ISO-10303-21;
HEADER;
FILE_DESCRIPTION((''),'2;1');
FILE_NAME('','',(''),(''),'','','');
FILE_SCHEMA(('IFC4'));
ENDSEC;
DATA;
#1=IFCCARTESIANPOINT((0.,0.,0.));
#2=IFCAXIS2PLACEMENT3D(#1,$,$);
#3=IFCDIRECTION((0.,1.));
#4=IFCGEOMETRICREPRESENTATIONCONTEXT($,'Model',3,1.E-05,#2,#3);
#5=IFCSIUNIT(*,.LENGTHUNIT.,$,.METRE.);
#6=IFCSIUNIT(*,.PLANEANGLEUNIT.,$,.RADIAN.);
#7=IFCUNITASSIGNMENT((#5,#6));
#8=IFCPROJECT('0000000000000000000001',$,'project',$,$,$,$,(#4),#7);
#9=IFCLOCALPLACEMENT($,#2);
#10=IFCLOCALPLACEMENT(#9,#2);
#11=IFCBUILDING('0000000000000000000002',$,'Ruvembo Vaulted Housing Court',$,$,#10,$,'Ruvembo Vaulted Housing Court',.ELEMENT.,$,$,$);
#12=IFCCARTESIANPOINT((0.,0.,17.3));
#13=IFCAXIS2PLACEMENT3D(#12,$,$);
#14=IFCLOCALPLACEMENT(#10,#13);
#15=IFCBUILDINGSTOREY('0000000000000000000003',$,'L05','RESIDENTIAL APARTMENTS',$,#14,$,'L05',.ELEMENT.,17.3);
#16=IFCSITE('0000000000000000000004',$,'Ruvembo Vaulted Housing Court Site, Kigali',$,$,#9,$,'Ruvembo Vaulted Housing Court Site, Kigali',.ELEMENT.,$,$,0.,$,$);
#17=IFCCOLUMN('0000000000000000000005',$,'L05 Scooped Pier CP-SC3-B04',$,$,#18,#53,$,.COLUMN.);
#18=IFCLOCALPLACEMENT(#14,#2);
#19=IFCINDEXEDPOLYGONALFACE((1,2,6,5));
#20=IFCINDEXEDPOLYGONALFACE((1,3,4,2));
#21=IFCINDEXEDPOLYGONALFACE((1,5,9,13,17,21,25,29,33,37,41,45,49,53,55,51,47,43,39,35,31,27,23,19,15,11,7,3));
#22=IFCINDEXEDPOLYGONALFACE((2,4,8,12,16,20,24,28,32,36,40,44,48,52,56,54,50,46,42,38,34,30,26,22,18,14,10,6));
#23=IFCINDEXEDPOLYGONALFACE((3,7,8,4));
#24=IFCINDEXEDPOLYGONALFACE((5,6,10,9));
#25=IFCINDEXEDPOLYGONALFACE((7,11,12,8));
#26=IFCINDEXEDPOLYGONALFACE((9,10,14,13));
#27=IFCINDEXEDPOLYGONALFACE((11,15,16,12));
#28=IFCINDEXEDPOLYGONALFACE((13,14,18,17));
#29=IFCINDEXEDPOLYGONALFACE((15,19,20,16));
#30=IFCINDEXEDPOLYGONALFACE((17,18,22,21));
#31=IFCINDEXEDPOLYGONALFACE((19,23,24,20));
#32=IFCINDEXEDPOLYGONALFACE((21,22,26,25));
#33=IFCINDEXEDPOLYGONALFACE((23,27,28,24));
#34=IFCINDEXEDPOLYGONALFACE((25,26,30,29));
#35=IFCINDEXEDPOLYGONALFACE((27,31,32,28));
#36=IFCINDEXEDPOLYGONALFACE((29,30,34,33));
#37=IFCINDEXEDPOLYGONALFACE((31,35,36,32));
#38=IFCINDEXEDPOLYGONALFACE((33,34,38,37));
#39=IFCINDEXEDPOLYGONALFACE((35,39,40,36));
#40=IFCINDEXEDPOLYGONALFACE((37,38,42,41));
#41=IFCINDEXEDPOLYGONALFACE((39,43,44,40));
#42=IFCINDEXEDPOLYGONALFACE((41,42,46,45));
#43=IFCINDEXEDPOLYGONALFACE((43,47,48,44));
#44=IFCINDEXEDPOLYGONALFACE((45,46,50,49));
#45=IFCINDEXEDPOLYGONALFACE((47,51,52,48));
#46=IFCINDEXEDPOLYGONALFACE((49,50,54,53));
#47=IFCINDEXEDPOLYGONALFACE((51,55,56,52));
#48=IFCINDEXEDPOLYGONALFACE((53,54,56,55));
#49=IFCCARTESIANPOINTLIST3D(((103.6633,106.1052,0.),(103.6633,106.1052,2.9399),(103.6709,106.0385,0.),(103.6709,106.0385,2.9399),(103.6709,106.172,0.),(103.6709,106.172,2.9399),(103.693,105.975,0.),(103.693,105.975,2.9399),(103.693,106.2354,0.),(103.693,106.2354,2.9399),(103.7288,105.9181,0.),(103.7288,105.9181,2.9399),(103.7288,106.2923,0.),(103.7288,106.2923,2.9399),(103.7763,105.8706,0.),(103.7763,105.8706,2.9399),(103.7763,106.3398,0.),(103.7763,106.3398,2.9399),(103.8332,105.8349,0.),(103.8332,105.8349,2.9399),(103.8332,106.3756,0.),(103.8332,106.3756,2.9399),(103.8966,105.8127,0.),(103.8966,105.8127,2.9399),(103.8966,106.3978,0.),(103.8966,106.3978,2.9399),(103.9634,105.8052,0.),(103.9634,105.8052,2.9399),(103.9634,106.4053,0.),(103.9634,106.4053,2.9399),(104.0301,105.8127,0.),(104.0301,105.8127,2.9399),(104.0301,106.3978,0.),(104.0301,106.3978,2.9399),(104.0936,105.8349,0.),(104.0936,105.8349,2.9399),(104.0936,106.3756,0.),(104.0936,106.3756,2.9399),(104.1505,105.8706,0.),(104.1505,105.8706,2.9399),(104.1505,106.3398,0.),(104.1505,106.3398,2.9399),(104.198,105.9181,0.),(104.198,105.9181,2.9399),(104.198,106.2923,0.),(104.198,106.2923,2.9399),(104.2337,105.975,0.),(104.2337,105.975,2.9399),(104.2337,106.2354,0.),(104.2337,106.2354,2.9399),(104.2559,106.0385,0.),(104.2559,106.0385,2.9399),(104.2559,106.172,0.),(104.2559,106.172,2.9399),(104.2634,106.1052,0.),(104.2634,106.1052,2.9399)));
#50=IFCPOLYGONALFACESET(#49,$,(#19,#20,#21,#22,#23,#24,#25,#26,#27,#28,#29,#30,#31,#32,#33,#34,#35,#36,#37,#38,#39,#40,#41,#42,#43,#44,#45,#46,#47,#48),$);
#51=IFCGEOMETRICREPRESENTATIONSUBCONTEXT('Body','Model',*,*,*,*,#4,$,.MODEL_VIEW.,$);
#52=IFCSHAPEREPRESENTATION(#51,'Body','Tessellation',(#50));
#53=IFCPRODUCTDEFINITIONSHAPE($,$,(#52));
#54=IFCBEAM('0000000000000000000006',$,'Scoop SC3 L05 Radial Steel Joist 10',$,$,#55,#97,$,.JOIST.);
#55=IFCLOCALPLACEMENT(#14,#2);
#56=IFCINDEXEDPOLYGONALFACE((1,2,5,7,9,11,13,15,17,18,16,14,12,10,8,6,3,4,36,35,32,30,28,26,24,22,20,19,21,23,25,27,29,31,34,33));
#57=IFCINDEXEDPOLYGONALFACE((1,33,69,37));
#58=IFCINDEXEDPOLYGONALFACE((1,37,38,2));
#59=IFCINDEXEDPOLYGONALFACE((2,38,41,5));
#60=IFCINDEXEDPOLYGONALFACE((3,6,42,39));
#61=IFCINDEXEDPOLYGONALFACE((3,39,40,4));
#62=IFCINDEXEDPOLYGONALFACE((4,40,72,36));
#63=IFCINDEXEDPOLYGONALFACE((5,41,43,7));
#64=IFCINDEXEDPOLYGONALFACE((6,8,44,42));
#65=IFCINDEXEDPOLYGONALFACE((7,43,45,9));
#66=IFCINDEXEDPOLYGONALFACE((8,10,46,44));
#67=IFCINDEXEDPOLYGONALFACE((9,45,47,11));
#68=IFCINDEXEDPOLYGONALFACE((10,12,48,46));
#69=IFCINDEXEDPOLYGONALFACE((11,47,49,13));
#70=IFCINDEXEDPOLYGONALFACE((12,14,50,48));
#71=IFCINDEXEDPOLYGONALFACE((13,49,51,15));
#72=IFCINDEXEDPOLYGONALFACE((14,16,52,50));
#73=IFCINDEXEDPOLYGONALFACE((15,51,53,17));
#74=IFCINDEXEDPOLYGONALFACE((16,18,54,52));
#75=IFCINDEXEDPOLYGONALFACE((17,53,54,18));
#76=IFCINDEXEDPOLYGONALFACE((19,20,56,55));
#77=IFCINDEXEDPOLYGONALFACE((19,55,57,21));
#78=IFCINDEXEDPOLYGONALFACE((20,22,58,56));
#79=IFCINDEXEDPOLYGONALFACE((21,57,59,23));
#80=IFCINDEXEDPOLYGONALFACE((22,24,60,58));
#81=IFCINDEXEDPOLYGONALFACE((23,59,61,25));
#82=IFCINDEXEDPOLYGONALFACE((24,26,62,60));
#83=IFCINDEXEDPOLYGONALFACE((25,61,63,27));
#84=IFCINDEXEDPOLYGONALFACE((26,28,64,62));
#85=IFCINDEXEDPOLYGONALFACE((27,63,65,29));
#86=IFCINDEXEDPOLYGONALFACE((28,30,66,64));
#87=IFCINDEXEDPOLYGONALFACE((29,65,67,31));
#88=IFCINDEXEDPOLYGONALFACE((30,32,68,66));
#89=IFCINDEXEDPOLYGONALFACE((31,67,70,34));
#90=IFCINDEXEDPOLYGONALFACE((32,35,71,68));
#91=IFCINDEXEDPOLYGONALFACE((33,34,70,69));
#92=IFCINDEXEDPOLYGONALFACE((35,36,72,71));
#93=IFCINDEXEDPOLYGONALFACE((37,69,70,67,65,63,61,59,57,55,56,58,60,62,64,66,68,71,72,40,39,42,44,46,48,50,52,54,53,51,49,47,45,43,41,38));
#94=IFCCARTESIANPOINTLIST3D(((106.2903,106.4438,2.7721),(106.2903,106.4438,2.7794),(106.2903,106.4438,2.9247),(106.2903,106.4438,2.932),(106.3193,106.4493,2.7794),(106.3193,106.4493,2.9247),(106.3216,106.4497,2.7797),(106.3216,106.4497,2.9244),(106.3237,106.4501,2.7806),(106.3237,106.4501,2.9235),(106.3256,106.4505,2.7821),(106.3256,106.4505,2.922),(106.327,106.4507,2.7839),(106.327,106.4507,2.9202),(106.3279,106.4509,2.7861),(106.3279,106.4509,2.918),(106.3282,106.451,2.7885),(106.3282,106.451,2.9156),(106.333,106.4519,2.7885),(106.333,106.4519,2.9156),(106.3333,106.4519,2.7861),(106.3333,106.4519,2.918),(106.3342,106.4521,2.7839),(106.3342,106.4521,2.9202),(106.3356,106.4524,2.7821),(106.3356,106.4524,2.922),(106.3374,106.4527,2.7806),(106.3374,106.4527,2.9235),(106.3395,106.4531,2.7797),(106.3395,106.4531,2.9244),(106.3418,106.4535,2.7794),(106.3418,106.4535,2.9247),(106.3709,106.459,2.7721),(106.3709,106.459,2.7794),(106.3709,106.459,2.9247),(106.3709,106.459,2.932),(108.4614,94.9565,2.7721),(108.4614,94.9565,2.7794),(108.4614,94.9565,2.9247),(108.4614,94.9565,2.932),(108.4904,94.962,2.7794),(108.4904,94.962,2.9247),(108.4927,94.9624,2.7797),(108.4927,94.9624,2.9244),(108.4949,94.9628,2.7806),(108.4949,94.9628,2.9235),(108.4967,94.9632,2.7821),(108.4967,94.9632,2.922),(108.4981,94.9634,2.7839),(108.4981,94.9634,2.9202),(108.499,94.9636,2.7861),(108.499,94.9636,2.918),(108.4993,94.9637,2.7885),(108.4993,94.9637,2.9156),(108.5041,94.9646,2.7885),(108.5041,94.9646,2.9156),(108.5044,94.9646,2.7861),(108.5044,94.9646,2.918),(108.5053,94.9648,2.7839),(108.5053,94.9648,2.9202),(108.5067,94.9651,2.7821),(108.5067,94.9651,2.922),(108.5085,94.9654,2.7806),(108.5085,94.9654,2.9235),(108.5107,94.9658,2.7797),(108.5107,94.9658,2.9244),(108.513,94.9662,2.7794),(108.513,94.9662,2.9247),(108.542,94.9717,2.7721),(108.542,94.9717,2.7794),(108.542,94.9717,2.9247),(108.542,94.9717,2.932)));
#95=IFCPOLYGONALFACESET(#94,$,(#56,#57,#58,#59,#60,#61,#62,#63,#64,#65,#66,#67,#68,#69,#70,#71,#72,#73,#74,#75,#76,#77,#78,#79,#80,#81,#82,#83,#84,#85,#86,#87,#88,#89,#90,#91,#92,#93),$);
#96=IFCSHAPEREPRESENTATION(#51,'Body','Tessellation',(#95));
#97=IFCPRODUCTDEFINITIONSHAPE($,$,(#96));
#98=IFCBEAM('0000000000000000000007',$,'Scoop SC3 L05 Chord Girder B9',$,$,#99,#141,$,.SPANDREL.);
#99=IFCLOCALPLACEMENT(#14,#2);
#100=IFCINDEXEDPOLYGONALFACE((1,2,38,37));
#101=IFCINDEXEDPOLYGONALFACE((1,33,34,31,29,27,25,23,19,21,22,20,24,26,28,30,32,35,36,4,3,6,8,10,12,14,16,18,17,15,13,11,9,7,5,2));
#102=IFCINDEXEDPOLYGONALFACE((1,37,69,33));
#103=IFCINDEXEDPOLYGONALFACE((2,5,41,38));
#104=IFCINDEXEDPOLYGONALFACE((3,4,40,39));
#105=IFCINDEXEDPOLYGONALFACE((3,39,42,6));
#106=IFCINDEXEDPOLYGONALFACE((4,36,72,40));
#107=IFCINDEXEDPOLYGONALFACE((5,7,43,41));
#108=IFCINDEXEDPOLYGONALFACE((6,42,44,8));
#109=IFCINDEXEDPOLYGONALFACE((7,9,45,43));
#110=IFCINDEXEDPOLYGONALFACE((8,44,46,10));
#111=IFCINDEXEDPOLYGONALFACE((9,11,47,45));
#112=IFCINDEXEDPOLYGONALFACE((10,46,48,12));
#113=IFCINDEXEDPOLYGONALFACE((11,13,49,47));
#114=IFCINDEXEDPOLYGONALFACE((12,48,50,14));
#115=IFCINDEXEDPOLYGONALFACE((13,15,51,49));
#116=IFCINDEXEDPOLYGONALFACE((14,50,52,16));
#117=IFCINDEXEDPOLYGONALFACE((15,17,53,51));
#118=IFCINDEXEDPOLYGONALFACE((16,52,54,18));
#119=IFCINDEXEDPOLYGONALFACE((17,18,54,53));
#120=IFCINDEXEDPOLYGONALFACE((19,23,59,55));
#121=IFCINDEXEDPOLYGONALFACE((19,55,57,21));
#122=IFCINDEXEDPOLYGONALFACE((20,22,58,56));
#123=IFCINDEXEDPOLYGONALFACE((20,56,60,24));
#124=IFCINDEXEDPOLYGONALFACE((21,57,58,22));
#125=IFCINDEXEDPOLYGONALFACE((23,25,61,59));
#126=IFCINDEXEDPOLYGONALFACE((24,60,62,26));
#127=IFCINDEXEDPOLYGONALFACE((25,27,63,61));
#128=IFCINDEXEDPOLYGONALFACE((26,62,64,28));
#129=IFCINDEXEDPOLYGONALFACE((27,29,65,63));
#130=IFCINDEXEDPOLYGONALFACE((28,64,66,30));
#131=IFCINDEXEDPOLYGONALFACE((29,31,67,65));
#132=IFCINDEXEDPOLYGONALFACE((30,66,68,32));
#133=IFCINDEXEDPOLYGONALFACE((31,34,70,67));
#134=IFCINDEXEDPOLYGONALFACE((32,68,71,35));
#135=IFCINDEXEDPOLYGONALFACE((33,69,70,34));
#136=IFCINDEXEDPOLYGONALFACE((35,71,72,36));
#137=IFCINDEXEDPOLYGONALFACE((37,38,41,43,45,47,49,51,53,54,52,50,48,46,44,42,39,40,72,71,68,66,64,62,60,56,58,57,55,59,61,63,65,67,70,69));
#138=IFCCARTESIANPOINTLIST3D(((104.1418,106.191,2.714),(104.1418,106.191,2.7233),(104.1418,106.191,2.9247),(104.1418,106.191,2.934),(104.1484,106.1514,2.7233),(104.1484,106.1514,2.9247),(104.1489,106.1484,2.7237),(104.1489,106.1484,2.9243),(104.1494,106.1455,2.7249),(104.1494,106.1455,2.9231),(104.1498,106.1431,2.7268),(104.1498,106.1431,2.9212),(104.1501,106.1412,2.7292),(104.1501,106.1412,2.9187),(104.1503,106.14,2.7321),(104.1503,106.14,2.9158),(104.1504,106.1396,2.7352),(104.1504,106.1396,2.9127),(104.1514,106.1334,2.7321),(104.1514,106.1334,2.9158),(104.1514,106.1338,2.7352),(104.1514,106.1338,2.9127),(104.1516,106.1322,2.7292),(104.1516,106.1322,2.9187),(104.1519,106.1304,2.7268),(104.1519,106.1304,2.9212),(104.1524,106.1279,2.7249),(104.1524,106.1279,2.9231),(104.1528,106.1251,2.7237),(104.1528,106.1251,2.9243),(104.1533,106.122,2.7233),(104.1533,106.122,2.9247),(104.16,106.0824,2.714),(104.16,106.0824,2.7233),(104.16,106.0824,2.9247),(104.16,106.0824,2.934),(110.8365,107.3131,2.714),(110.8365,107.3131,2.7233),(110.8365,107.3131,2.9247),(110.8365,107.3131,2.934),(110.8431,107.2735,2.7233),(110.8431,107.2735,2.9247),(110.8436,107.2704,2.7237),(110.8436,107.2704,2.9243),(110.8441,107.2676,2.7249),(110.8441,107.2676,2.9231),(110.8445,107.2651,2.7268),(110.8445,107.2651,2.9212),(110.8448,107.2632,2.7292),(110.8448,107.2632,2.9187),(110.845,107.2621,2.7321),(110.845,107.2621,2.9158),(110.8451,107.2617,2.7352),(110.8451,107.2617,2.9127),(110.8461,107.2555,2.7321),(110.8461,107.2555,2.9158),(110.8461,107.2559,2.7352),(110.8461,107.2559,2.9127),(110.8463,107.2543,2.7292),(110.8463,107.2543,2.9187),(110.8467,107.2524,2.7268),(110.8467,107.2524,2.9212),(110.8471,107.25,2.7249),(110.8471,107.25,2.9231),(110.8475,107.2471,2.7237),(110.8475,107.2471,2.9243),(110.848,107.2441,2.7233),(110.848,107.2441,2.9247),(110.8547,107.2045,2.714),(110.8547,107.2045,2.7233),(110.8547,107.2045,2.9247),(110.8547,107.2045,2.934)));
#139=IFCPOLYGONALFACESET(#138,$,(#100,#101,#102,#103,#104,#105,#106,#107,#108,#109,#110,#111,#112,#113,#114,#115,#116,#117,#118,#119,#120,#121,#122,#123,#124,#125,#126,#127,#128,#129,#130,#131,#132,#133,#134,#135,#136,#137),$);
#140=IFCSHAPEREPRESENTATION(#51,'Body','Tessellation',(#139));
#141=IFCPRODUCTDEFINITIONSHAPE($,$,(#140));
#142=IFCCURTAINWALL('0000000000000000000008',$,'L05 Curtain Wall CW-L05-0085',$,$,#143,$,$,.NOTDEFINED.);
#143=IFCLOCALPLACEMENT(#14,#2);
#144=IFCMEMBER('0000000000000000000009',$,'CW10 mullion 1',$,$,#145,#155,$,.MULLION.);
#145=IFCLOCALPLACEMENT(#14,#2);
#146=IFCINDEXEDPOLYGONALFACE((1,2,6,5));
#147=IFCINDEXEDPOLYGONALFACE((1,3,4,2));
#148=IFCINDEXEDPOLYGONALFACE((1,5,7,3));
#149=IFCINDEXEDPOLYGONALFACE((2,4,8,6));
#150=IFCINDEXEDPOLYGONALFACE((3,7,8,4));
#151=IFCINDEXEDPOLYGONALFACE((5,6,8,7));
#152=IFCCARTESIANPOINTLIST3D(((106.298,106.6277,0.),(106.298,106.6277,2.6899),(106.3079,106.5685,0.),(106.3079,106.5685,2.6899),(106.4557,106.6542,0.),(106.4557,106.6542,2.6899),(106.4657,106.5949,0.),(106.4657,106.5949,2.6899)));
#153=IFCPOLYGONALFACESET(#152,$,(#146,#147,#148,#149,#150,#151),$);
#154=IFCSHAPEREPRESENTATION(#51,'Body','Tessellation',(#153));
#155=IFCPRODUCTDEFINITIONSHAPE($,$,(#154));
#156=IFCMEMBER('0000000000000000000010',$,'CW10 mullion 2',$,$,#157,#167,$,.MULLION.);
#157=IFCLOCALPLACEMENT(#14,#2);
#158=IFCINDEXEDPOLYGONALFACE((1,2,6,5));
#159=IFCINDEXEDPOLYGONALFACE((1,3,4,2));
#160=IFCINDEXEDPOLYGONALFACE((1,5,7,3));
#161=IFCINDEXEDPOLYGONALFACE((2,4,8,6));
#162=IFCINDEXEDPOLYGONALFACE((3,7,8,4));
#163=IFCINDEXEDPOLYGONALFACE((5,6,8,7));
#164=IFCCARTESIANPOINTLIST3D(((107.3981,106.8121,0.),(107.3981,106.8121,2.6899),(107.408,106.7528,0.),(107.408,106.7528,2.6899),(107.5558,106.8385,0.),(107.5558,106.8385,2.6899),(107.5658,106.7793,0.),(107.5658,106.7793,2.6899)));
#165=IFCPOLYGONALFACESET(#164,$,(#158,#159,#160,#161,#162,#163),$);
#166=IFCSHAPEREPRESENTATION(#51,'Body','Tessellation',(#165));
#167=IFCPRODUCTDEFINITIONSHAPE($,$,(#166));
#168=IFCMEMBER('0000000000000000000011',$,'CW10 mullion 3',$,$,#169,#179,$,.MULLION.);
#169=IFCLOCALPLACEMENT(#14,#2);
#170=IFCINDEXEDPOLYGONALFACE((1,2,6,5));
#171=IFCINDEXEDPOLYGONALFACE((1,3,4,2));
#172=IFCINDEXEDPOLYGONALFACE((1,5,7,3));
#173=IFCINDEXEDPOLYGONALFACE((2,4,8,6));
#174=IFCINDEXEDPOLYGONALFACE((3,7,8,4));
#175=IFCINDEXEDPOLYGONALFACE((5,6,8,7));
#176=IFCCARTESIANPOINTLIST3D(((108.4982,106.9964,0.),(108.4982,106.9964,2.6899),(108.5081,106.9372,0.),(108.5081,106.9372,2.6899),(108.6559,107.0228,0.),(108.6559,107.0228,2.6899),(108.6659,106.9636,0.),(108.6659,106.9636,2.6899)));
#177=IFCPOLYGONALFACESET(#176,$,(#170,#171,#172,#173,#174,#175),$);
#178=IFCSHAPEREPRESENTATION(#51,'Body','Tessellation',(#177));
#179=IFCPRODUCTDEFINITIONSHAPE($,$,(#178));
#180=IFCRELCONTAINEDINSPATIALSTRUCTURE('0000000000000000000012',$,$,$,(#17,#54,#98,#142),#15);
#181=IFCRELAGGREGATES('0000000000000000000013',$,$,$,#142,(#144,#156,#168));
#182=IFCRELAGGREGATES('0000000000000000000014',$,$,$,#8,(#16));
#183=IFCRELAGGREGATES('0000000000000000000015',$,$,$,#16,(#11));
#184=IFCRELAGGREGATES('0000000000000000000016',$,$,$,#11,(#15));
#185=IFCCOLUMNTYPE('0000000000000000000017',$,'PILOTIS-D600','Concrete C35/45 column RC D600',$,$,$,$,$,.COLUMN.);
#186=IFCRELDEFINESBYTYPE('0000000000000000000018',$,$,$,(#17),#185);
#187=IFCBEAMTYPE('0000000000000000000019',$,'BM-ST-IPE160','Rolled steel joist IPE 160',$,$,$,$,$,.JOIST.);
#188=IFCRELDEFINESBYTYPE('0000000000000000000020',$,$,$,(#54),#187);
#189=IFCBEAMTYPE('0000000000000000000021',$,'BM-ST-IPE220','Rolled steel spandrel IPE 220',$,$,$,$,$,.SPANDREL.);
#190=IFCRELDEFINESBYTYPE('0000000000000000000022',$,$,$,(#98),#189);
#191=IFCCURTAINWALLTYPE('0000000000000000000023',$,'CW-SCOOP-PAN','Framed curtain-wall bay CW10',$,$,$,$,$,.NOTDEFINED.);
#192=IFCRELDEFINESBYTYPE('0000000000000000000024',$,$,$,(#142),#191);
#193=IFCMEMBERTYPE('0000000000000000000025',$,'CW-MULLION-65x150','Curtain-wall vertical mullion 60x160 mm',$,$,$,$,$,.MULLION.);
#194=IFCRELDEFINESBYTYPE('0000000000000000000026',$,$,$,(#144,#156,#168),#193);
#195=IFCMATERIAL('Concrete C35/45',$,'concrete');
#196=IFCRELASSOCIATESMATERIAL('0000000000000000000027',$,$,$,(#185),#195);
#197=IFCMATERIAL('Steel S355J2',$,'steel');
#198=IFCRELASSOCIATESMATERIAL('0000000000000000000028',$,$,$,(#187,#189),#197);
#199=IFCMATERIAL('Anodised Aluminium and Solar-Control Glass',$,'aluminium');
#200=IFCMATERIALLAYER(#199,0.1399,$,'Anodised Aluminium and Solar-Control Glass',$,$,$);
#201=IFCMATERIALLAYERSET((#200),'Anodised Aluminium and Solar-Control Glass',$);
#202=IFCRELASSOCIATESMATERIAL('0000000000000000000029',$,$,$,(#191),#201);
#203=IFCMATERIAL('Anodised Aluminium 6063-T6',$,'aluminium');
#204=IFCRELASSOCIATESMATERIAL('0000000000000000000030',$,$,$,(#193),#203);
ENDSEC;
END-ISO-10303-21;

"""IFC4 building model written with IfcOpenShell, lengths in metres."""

from ifc_helpers import new_model, si_unit, direction, frame, origin, origin_2d, place, context, subcontext, project, spatial, rectangle, circle, i_section, extrude, material, layer, layer_set, material_profile, profile_set, type_object, element, aggregate, save


model = new_model("IFC4")

# Units and contexts
model_context = context("Model", 3, precision=1e-05, world=origin(), true_north=direction((0.0, 1.0)))
body_context = subcontext(model_context, "Body", "Model", "MODEL_VIEW")
ifc_project = project(units=[si_unit("LENGTHUNIT", "METRE"), si_unit("PLANEANGLEUNIT", "RADIAN")], contexts=[model_context])

# Site, building, storey
site_placement = place(None, origin())
site = spatial("IfcSite", under=ifc_project, at=site_placement, Name="Ruvembo Vaulted Housing Court Site, Kigali", LongName="Ruvembo Vaulted Housing Court Site, Kigali", CompositionType="ELEMENT", RefElevation=0.0)
building_placement = place(site_placement, origin())
building = spatial("IfcBuilding", under=site, at=building_placement, Name="Ruvembo Vaulted Housing Court", LongName="Ruvembo Vaulted Housing Court", CompositionType="ELEMENT")
storey_placement = place(building_placement, frame((0.0, 0.0, 17.3)))
storey = spatial("IfcBuildingStorey", under=building, at=storey_placement, Name="L05", Description="RESIDENTIAL APARTMENTS", LongName="L05", CompositionType="ELEMENT", Elevation=17.3)

# Column
ifc_material_1 = material(Name="Concrete C35/45", Category="concrete")
ifc_material_profile_1 = material_profile(ifc_material_1, circle(Radius=0.3, at=origin_2d()), Name="RC D600")
ifc_profile_set_1 = profile_set([ifc_material_profile_1], Name="Concrete C35/45")
column_type = type_object("IfcColumnType", Name="PILOTIS-D600", Description="Concrete C35/45 column RC D600", PredefinedType="COLUMN", material=ifc_profile_set_1)
column_placement = place(storey_placement, frame((103.9634, 106.1052, 0.0), z_axis=(0.0, 0.0, 1.0), x_axis=(1.0, 0.0, 0.0)))
element("IfcColumn", 1, at=column_placement, inside=storey, type_object=column_type, Name="L05 Scooped Pier CP-SC3-B04", PredefinedType="COLUMN", context=body_context, shape_type="SweptSolid", body=[
    extrude(circle(Radius=0.3, at=origin_2d()), origin(), (0.0, 0.0, 1.0), 2.9399),
])

# Beams
ifc_material_2 = material(Name="Steel S355J2", Category="steel")
ifc_material_profile_2 = material_profile(ifc_material_2, i_section(OverallWidth=0.082, OverallDepth=0.1599, WebThickness=0.0049, FlangeThickness=0.0073, FilletRadius=0.009, at=origin_2d()), Name="IPE 160")
ifc_profile_set_2 = profile_set([ifc_material_profile_2], Name="Steel S355J2")
beam_type_1 = type_object("IfcBeamType", Name="BM-ST-IPE160", Description="Rolled steel joist IPE 160", PredefinedType="JOIST", material=ifc_profile_set_2)
beam_1_placement = place(storey_placement, frame((106.3306, 106.4514, 2.8521), z_axis=(0.185716, -0.982604, 0.0), x_axis=(0.982604, 0.185716, 0.0)))
element("IfcBeam", 2, at=beam_1_placement, inside=storey, type_object=beam_type_1, Name="Scoop SC3 L05 Radial Steel Joist 10", PredefinedType="JOIST", context=body_context, shape_type="SweptSolid", body=[
    extrude(i_section(OverallWidth=0.082, OverallDepth=0.1599, WebThickness=0.0049, FlangeThickness=0.0073, FilletRadius=0.009, at=origin_2d()), origin(), (0.0, 0.0, 1.0), 11.6907),
])
ifc_material_profile_3 = material_profile(ifc_material_2, i_section(OverallWidth=0.1101, OverallDepth=0.22, WebThickness=0.0059, FlangeThickness=0.0093, FilletRadius=0.012, at=origin_2d()), Name="IPE 220")
ifc_profile_set_3 = profile_set([ifc_material_profile_3], Name="Steel S355J2")
beam_type_2 = type_object("IfcBeamType", Name="BM-ST-IPE220", Description="Rolled steel spandrel IPE 220", PredefinedType="SPANDREL", material=ifc_profile_set_3)
beam_2_placement = place(storey_placement, frame((104.1509, 106.1367, 2.824), z_axis=(0.986244, 0.165297, 0.0), x_axis=(-0.165297, 0.986244, 0.0)))
element("IfcBeam", 3, at=beam_2_placement, inside=storey, type_object=beam_type_2, Name="Scoop SC3 L05 Chord Girder B9", PredefinedType="SPANDREL", context=body_context, shape_type="SweptSolid", body=[
    extrude(i_section(OverallWidth=0.1101, OverallDepth=0.22, WebThickness=0.0059, FlangeThickness=0.0093, FilletRadius=0.012, at=origin_2d()), origin(), (0.0, 0.0, 1.0), 6.7881),
])

# Curtain wall, members
ifc_material_3 = material(Name="Anodised Aluminium and Solar-Control Glass", Category="aluminium")
ifc_layer_1 = layer(ifc_material_3, 0.1399, Name="Anodised Aluminium and Solar-Control Glass")
ifc_layer_set_1 = layer_set([ifc_layer_1], Name="Anodised Aluminium and Solar-Control Glass")
curtain_wall_type = type_object("IfcCurtainWallType", Name="CW-SCOOP-PAN", Description="Framed curtain-wall bay CW10", PredefinedType="NOTDEFINED", material=ifc_layer_set_1)
curtain_wall_placement = place(storey_placement, origin())
curtain_wall = element("IfcCurtainWall", 4, at=curtain_wall_placement, inside=storey, type_object=curtain_wall_type, Name="L05 Curtain Wall CW-L05-0085", PredefinedType="NOTDEFINED")
ifc_material_4 = material(Name="Anodised Aluminium 6063-T6", Category="aluminium")
ifc_material_profile_4 = material_profile(ifc_material_4, rectangle(XDim=0.0601, YDim=0.1599, at=origin_2d()), Name="ALU 60x160")
ifc_profile_set_4 = profile_set([ifc_material_profile_4], Name="Anodised Aluminium 6063-T6")
member_type_1 = type_object("IfcMemberType", Name="CW-MULLION-65x150", Description="Curtain-wall vertical mullion 60x160 mm", PredefinedType="MULLION", material=ifc_profile_set_4)
member_1_placement = place(storey_placement, frame((106.3818, 106.6113, 0.0), z_axis=(0.0, 0.0, 1.0), x_axis=(-0.165263, 0.98625, 0.0)))
member_1 = element("IfcMember", 5, at=member_1_placement, type_object=member_type_1, Name="CW10 mullion 1", PredefinedType="MULLION", context=body_context, shape_type="SweptSolid", body=[
    extrude(rectangle(XDim=0.0601, YDim=0.1599, at=origin_2d()), origin(), (0.0, 0.0, 1.0), 2.6899),
])
member_2_placement = place(storey_placement, frame((107.4819, 106.7957, 0.0), z_axis=(0.0, 0.0, 1.0), x_axis=(-0.165263, 0.98625, 0.0)))
member_2 = element("IfcMember", 6, at=member_2_placement, type_object=member_type_1, Name="CW10 mullion 2", PredefinedType="MULLION", context=body_context, shape_type="SweptSolid", body=[
    extrude(rectangle(XDim=0.0601, YDim=0.1599, at=origin_2d()), origin(), (0.0, 0.0, 1.0), 2.6899),
])
member_3_placement = place(storey_placement, frame((108.582, 106.98, 0.0), z_axis=(0.0, 0.0, 1.0), x_axis=(-0.165263, 0.98625, 0.0)))
member_3 = element("IfcMember", 7, at=member_3_placement, type_object=member_type_1, Name="CW10 mullion 3", PredefinedType="MULLION", context=body_context, shape_type="SweptSolid", body=[
    extrude(rectangle(XDim=0.0601, YDim=0.1599, at=origin_2d()), origin(), (0.0, 0.0, 1.0), 2.6899),
])
aggregate(curtain_wall, [member_1, member_2, member_3])

save(model, "model.ifc")
